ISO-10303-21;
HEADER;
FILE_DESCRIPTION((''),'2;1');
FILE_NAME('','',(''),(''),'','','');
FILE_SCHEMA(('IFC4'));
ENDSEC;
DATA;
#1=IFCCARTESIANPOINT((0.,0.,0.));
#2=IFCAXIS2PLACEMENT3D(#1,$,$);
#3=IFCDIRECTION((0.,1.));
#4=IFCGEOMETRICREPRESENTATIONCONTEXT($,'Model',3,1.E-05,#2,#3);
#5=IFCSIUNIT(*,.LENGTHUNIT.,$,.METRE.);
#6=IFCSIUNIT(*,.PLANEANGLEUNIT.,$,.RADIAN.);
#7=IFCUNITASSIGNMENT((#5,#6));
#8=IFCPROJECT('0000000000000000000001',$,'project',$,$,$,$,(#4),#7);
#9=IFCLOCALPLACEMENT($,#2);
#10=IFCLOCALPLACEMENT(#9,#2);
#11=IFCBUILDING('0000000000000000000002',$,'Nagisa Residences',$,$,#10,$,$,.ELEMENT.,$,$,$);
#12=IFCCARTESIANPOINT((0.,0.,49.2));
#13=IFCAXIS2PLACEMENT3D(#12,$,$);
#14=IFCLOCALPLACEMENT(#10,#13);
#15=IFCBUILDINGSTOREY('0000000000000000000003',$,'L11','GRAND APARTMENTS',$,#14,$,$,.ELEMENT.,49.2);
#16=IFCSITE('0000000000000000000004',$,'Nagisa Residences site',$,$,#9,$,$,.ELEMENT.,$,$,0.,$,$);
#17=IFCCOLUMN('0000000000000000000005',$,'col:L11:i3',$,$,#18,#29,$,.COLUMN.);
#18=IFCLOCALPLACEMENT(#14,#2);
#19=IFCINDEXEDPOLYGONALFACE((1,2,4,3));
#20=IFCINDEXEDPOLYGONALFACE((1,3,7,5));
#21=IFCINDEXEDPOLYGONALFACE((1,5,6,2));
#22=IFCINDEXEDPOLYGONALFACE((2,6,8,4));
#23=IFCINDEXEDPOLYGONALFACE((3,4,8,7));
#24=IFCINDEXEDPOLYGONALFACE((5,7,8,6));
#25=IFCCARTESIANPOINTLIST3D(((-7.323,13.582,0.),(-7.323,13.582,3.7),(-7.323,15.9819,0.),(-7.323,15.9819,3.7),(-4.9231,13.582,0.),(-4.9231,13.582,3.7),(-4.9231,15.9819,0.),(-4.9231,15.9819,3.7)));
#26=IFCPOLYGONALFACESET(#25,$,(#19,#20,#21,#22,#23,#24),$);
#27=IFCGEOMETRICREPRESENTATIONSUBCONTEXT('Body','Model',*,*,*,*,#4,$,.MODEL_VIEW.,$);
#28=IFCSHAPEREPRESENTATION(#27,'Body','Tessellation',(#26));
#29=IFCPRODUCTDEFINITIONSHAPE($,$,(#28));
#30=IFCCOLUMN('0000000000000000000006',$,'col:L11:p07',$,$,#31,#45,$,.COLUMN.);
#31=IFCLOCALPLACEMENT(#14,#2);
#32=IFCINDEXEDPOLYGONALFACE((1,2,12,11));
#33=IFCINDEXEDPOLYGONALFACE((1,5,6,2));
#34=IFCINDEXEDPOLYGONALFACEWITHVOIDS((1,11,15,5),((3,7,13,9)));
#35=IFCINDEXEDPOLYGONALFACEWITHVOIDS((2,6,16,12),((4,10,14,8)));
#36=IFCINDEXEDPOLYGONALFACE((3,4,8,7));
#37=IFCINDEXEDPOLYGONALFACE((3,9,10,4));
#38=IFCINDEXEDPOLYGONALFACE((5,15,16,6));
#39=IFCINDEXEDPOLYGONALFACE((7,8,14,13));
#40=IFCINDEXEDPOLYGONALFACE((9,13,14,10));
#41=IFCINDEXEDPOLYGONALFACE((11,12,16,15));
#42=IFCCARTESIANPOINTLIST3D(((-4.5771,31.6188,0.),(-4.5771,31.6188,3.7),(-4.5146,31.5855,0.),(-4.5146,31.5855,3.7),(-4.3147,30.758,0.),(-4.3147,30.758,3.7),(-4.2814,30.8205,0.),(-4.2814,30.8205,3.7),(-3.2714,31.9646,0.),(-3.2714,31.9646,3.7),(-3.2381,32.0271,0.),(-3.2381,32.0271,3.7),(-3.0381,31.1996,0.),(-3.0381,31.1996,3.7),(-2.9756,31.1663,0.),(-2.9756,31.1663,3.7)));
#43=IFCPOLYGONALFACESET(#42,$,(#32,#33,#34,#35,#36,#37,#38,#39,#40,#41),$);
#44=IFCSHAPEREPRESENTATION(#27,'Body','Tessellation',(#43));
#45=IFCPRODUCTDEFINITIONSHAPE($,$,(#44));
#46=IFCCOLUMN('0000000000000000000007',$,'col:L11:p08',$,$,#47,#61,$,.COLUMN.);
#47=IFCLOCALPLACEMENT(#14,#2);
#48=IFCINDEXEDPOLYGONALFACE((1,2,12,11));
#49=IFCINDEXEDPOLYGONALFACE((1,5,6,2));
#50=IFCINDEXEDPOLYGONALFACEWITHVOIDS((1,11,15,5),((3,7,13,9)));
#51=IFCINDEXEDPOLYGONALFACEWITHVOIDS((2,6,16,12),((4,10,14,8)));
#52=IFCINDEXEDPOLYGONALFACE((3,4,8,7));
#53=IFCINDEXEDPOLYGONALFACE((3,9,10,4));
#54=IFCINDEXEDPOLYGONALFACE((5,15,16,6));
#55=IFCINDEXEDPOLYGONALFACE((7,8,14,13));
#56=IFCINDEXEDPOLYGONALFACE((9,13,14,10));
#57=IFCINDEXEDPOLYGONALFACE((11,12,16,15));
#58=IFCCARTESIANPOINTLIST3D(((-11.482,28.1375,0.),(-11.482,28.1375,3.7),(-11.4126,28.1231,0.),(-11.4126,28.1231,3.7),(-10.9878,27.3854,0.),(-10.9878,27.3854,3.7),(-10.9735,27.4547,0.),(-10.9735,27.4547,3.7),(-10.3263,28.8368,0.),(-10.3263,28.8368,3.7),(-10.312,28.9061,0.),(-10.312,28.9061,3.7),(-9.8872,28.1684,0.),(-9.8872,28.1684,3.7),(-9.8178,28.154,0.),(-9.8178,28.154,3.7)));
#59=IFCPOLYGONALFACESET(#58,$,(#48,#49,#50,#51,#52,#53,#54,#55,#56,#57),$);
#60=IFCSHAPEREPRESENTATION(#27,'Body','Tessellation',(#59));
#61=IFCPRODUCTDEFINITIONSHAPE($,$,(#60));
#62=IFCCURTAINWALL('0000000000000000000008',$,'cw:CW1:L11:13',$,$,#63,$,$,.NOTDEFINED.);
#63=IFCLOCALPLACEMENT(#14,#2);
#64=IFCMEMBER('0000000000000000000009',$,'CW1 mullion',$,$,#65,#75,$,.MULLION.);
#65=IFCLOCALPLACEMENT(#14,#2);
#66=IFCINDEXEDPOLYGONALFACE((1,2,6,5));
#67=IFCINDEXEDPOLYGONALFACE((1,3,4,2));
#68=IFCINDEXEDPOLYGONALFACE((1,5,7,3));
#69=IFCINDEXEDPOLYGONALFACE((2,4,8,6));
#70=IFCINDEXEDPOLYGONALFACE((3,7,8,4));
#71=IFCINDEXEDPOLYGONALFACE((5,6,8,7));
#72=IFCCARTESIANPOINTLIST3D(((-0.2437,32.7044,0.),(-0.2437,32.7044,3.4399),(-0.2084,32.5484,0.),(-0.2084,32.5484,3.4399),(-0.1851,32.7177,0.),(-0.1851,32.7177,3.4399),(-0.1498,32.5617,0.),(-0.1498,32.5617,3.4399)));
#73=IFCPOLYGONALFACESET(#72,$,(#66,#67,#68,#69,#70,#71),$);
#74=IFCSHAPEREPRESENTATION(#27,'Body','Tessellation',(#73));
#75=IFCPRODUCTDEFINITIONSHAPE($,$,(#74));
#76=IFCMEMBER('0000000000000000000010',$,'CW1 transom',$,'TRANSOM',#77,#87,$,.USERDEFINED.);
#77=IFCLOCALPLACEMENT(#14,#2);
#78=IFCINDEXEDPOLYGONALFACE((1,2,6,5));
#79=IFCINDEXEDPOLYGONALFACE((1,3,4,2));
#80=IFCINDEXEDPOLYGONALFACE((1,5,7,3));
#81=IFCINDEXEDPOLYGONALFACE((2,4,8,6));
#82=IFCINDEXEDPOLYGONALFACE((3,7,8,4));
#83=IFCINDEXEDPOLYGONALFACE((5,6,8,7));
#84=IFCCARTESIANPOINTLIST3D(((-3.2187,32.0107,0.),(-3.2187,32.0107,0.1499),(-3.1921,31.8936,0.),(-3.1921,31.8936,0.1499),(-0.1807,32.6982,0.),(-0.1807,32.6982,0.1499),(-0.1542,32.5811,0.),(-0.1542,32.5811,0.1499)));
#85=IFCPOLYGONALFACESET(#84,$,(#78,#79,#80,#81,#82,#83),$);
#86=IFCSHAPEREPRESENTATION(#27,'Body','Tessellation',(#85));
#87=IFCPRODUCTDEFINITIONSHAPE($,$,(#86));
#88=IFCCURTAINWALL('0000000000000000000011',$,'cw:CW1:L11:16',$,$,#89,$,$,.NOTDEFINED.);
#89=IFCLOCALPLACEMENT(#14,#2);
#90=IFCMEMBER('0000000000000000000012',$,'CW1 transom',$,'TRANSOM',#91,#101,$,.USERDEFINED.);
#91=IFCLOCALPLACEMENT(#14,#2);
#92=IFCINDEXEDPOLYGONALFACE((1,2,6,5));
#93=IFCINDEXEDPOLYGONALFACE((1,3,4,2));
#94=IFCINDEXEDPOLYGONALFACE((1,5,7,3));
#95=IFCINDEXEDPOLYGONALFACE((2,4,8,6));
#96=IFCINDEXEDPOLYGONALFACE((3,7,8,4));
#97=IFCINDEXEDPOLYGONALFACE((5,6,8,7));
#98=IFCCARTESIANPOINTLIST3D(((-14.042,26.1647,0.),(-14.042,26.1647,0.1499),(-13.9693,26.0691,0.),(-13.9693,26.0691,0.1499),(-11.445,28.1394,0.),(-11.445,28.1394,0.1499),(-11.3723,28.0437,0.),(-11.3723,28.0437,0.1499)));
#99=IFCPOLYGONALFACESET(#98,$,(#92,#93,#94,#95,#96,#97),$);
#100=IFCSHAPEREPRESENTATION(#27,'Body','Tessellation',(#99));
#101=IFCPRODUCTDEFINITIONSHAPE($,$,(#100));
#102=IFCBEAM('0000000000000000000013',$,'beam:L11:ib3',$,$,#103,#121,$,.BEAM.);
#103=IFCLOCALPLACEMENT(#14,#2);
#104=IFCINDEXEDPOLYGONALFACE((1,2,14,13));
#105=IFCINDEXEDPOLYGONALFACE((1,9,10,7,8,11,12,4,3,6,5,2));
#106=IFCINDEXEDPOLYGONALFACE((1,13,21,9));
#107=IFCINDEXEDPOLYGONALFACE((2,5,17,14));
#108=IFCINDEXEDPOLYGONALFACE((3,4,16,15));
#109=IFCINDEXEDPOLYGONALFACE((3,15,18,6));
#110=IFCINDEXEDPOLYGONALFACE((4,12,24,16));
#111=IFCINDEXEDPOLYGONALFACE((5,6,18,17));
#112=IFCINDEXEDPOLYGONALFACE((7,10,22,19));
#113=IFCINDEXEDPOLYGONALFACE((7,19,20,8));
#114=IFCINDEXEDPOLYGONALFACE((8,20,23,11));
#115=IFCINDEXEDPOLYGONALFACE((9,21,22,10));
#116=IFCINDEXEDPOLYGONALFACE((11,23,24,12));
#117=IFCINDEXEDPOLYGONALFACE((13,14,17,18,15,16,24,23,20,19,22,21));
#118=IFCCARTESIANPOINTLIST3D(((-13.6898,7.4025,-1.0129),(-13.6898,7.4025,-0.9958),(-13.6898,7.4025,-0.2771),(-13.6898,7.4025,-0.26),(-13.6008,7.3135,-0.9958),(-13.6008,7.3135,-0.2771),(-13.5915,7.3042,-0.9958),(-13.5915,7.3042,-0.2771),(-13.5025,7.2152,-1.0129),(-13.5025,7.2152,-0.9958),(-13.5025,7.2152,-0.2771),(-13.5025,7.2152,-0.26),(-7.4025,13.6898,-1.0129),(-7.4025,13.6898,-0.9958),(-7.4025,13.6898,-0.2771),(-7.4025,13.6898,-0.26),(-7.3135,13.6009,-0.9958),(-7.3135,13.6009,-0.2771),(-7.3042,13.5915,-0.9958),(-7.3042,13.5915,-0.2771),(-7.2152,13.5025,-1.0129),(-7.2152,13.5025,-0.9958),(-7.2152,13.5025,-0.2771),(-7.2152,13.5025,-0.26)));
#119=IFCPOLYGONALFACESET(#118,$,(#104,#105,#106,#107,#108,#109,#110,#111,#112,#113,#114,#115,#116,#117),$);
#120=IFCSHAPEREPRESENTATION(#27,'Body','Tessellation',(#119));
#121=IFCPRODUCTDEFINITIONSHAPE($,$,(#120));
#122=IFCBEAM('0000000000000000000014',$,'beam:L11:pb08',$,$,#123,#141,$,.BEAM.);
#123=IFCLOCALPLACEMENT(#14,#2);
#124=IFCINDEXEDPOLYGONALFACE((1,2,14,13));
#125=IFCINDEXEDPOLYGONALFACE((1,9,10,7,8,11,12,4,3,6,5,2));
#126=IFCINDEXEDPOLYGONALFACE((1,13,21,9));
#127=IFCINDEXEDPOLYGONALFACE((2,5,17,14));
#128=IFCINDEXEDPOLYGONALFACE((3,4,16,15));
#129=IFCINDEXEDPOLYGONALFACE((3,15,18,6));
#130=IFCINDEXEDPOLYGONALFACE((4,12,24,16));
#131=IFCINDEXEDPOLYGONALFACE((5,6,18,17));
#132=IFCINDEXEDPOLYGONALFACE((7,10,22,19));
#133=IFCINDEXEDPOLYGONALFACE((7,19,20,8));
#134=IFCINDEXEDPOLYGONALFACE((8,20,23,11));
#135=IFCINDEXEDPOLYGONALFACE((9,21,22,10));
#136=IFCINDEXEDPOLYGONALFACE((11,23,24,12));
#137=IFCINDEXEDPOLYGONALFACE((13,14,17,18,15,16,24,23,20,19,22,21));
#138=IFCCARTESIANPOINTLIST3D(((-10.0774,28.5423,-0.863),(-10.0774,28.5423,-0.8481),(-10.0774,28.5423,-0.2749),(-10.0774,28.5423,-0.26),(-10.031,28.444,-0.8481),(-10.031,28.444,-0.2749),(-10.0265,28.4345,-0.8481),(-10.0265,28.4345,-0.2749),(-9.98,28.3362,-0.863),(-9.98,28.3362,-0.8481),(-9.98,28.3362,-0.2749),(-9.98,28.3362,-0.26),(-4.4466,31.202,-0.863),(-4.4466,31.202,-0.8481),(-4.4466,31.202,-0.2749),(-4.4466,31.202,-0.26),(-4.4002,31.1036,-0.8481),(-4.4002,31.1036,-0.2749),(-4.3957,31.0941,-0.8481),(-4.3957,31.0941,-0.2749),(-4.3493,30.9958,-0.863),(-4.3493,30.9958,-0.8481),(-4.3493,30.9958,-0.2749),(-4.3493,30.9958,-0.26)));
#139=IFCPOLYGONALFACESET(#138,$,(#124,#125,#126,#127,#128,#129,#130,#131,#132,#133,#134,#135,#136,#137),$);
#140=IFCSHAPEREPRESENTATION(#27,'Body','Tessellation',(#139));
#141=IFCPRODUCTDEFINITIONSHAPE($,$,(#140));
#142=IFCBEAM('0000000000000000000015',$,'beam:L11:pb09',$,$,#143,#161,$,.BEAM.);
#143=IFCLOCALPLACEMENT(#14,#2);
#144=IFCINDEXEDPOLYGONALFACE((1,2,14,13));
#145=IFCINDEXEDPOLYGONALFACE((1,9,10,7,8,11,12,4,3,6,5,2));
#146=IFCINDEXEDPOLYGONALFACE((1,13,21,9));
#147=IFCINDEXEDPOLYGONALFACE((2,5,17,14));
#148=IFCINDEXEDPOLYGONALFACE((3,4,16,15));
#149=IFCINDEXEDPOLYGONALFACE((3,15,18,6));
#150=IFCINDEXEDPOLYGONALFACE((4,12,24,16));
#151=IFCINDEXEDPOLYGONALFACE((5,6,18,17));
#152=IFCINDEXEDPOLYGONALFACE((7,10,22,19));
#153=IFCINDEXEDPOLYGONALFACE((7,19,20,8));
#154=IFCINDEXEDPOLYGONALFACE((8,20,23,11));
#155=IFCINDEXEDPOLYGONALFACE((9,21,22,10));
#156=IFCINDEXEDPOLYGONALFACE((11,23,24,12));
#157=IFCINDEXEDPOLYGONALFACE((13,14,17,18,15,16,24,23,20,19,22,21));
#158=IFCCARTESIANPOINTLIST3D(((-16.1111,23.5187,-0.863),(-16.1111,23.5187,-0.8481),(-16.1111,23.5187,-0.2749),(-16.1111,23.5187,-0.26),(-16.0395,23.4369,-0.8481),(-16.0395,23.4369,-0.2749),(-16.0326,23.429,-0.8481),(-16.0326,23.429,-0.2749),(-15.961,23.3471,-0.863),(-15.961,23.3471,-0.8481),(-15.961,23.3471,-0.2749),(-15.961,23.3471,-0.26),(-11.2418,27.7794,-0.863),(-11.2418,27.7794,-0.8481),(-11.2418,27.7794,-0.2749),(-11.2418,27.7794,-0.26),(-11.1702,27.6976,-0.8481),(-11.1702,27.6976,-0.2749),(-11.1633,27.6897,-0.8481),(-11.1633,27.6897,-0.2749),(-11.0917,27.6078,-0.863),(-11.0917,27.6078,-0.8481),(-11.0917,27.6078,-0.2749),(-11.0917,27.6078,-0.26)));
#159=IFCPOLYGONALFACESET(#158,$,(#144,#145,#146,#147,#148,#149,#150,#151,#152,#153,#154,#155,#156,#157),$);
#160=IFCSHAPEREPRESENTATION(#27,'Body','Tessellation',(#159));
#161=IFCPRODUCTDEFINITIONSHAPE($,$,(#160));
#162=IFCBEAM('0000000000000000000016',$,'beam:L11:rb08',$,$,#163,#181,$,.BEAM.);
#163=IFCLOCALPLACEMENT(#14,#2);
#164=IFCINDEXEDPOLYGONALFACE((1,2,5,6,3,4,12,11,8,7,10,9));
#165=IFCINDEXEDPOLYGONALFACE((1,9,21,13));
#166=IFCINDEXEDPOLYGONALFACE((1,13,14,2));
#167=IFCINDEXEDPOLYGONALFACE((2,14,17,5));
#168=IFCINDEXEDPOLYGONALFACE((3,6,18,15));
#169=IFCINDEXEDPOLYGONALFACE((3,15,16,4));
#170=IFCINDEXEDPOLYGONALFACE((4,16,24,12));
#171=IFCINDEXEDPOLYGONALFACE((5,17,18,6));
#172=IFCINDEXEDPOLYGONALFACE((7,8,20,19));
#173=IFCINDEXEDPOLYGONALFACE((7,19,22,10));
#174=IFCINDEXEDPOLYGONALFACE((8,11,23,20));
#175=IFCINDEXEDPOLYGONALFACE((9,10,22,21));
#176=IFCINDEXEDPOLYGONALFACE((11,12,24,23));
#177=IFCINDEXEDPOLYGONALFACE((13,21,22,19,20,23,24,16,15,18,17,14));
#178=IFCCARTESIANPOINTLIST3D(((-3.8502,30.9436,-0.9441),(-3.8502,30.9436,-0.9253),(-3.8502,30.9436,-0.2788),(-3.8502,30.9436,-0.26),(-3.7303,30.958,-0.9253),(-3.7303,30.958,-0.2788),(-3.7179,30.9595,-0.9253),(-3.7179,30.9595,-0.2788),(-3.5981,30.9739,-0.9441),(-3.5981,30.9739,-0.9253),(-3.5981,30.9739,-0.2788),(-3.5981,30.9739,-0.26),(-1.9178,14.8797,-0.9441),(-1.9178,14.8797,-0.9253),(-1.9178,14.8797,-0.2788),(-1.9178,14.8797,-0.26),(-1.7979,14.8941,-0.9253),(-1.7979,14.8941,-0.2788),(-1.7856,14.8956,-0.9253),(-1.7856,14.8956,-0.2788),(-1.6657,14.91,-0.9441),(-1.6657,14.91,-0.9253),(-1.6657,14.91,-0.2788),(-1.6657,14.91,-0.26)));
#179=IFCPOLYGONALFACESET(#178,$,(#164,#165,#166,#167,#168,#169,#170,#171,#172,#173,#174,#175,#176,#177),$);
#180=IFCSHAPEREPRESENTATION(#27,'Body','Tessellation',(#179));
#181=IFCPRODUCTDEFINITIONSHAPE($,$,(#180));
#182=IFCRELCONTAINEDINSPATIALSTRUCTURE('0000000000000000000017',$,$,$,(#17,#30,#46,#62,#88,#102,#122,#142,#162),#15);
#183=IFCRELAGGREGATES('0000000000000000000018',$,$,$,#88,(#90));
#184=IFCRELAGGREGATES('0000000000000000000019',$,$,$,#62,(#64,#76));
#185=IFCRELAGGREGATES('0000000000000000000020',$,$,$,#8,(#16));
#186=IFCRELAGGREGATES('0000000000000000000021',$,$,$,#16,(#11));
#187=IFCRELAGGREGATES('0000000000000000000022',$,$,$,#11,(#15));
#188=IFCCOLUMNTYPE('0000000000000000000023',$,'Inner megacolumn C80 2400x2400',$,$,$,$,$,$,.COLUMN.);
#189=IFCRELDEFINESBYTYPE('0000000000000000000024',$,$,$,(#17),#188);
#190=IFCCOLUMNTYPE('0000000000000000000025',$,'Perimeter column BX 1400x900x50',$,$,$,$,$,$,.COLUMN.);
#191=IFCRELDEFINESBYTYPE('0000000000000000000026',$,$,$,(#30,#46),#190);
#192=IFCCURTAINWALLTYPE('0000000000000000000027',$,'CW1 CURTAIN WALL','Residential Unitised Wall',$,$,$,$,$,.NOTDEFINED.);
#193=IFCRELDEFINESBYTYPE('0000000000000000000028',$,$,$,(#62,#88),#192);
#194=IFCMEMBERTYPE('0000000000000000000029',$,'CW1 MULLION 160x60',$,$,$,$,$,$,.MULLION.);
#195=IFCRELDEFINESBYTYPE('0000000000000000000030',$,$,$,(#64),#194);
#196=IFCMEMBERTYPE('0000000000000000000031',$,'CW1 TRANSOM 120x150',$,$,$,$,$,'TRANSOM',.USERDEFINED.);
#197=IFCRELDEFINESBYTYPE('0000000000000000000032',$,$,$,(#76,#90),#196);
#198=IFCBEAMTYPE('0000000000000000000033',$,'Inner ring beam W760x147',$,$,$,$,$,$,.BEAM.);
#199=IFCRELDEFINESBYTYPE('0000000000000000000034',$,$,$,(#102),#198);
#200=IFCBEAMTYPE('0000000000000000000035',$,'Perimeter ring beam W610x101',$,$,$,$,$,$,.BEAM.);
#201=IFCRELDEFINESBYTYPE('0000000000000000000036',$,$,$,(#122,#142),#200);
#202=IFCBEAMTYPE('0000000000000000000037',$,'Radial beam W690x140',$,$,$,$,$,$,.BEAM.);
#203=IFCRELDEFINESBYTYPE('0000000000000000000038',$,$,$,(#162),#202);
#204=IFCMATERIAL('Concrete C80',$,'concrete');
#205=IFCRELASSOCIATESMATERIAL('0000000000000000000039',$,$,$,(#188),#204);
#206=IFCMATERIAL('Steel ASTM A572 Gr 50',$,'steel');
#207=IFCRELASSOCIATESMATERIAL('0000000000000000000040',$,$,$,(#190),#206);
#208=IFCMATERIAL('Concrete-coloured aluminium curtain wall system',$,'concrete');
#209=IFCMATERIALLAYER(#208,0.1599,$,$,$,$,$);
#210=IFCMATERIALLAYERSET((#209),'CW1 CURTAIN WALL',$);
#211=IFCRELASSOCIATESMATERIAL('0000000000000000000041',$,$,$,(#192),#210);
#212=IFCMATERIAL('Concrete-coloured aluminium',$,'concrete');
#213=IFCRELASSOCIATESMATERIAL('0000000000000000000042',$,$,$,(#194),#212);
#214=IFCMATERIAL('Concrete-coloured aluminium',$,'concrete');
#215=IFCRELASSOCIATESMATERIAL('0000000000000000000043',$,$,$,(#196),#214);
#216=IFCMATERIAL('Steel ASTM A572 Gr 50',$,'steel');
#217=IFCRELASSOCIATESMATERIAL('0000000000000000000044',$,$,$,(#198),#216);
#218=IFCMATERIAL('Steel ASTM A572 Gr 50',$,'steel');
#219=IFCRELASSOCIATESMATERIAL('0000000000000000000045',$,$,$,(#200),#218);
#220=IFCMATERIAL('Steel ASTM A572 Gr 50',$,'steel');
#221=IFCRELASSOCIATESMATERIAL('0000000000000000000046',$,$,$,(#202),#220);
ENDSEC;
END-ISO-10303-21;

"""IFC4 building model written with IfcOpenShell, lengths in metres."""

from ifc_helpers import new_model, si_unit, direction, frame, origin, origin_2d, place, context, subcontext, project, spatial, rectangle, hollow_rectangle, i_section, extrude, material, layer, layer_set, material_profile, profile_set, type_object, element, aggregate, save


model = new_model("IFC4")

# Units and contexts
model_context = context("Model", 3, precision=1e-05, world=origin(), true_north=direction((0.0, 1.0)))
body_context = subcontext(model_context, "Body", "Model", "MODEL_VIEW")
ifc_project = project(units=[si_unit("LENGTHUNIT", "METRE"), si_unit("PLANEANGLEUNIT", "RADIAN")], contexts=[model_context])

# Site, building, storey
site_placement = place(None, origin())
site = spatial("IfcSite", under=ifc_project, at=site_placement, Name="Nagisa Residences site", CompositionType="ELEMENT", RefElevation=0.0)
building_placement = place(site_placement, origin())
building = spatial("IfcBuilding", under=site, at=building_placement, Name="Nagisa Residences", CompositionType="ELEMENT")
storey_placement = place(building_placement, frame((0.0, 0.0, 49.2)))
storey = spatial("IfcBuildingStorey", under=building, at=storey_placement, Name="L11", Description="GRAND APARTMENTS", CompositionType="ELEMENT", Elevation=49.2)

# Columns
ifc_material_1 = material(Name="Concrete C80", Category="concrete")
ifc_material_profile_1 = material_profile(ifc_material_1, rectangle(XDim=2.3999, YDim=2.3999, at=origin_2d()), Name="C80 2400x2400")
ifc_profile_set_1 = profile_set([ifc_material_profile_1], Name="Concrete C80")
column_type_1 = type_object("IfcColumnType", Name="Inner megacolumn C80 2400x2400", PredefinedType="COLUMN", material=ifc_profile_set_1)
column_placement = place(storey_placement, frame((-6.123, 14.782, 0.0), z_axis=(0.0, 0.0, 1.0), x_axis=(1.0, 0.0, 0.0)))
element("IfcColumn", 1, at=column_placement, inside=storey, type_object=column_type_1, Name="col:L11:i3", PredefinedType="COLUMN", context=body_context, shape_type="SweptSolid", body=[
    extrude(rectangle(XDim=2.3999, YDim=2.3999, at=origin_2d()), origin(), (0.0, 0.0, 1.0), 3.7),
])
ifc_material_2 = material(Name="Steel ASTM A572 Gr 50", Category="steel")
ifc_material_profile_2 = material_profile(ifc_material_2, hollow_rectangle(XDim=1.3999, YDim=0.8999, WallThickness=0.05, at=origin_2d()), Name="BX 1400x900x50")
ifc_profile_set_2 = profile_set([ifc_material_profile_2], Name="Steel ASTM A572 Gr 50")
column_type_2 = type_object("IfcColumnType", Name="Perimeter column BX 1400x900x50", PredefinedType="COLUMN", material=ifc_profile_set_2)
for number, where, z_axis, x_axis, name in (
    (2, (-3.7764, 31.3926, 0.0), (0.0, 0.0, 1.0), (-0.956525, -0.291652, 0.0), "col:L11:p07"),
    (3, (-10.6499, 28.1458, 0.0), (0.0, 0.0, 1.0), (-0.835766, -0.549086, 0.0), "col:L11:p08"),
):
    element("IfcColumn", number, at=place(storey_placement, frame(where, z_axis=z_axis, x_axis=x_axis)), inside=storey, type_object=column_type_2, Name=name, PredefinedType="COLUMN", context=body_context, shape_type="SweptSolid", body=[
        extrude(hollow_rectangle(XDim=1.3999, YDim=0.8999, WallThickness=0.05, at=origin_2d()), origin(), (0.0, 0.0, 1.0), 3.7),
    ])

# Curtain wall, members
ifc_material_3 = material(Name="Concrete-coloured aluminium curtain wall system", Category="concrete")
ifc_layer_1 = layer(ifc_material_3, 0.1599)
ifc_layer_set_1 = layer_set([ifc_layer_1], Name="CW1 CURTAIN WALL")
curtain_wall_type = type_object("IfcCurtainWallType", Name="CW1 CURTAIN WALL", Description="Residential Unitised Wall", PredefinedType="NOTDEFINED", material=ifc_layer_set_1)
curtain_wall_1_placement = place(storey_placement, origin())
curtain_wall_1 = element("IfcCurtainWall", 4, at=curtain_wall_1_placement, inside=storey, type_object=curtain_wall_type, Name="cw:CW1:L11:13", PredefinedType="NOTDEFINED")
ifc_material_4 = material(Name="Concrete-coloured aluminium", Category="concrete")
ifc_material_profile_3 = material_profile(ifc_material_4, rectangle(XDim=0.1599, YDim=0.0601, at=origin_2d()), Name="CW1 MULLION 160x60")
ifc_profile_set_3 = profile_set([ifc_material_profile_3], Name="Concrete-coloured aluminium")
member_type_1 = type_object("IfcMemberType", Name="CW1 MULLION 160x60", PredefinedType="MULLION", material=ifc_profile_set_3)
member_1_placement = place(storey_placement, frame((-0.1968, 32.6331, 0.0), z_axis=(0.0, 0.0, 1.0), x_axis=(0.220764, -0.975327, 0.0)))
member_1 = element("IfcMember", 5, at=member_1_placement, type_object=member_type_1, Name="CW1 mullion", PredefinedType="MULLION", context=body_context, shape_type="SweptSolid", body=[
    extrude(rectangle(XDim=0.1599, YDim=0.0601, at=origin_2d()), origin(), (0.0, 0.0, 1.0), 3.4399),
])
ifc_material_5 = material(Name="Concrete-coloured aluminium", Category="concrete")
ifc_material_profile_4 = material_profile(ifc_material_5, rectangle(XDim=0.1201, YDim=0.1499, at=origin_2d()), Name="CW1 TRANSOM 120x150")
ifc_profile_set_4 = profile_set([ifc_material_profile_4], Name="Concrete-coloured aluminium")
member_type_2 = type_object("IfcMemberType", Name="CW1 TRANSOM 120x150", ElementType="TRANSOM", PredefinedType="USERDEFINED", material=ifc_profile_set_4)
member_2_placement = place(storey_placement, frame((-0.1675, 32.6396, 0.075), z_axis=(-0.975335, -0.22073, 0.0), x_axis=(0.22073, -0.975335, 0.0)))
member_2 = element("IfcMember", 6, at=member_2_placement, type_object=member_type_2, Name="CW1 transom", ObjectType="TRANSOM", PredefinedType="USERDEFINED", context=body_context, shape_type="SweptSolid", body=[
    extrude(rectangle(XDim=0.1201, YDim=0.1499, at=origin_2d()), origin(), (0.0, 0.0, 1.0), 3.1147),
])

# Curtain wall, member
curtain_wall_2_placement = place(storey_placement, origin())
curtain_wall_2 = element("IfcCurtainWall", 7, at=curtain_wall_2_placement, inside=storey, type_object=curtain_wall_type, Name="cw:CW1:L11:16", PredefinedType="NOTDEFINED")
member_3_placement = place(storey_placement, frame((-11.4087, 28.0916, 0.075), z_axis=(-0.796022, -0.605267, 0.0), x_axis=(0.605267, -0.796022, 0.0)))
member_3 = element("IfcMember", 8, at=member_3_placement, type_object=member_type_2, Name="CW1 transom", ObjectType="TRANSOM", PredefinedType="USERDEFINED", context=body_context, shape_type="SweptSolid", body=[
    extrude(rectangle(XDim=0.1201, YDim=0.1499, at=origin_2d()), origin(), (0.0, 0.0, 1.0), 3.2625),
])
aggregate(curtain_wall_2, [member_3])

# Beams
ifc_material_6 = material(Name="Steel ASTM A572 Gr 50", Category="steel")
ifc_material_profile_5 = material_profile(ifc_material_6, i_section(OverallWidth=0.2649, OverallDepth=0.7529, WebThickness=0.0132, FlangeThickness=0.0171, at=origin_2d()), Name="W760x147")
ifc_profile_set_5 = profile_set([ifc_material_profile_5], Name="Steel ASTM A572 Gr 50")
beam_type_1 = type_object("IfcBeamType", Name="Inner ring beam W760x147", PredefinedType="BEAM", material=ifc_profile_set_5)
beam_1_placement = place(storey_placement, frame((-7.3088, 13.5962, -0.6365), z_axis=(-0.707107, -0.707107, 0.0), x_axis=(0.707107, -0.707107, 0.0)))
element("IfcBeam", 9, at=beam_1_placement, inside=storey, type_object=beam_type_1, Name="beam:L11:ib3", PredefinedType="BEAM", context=body_context, shape_type="SweptSolid", body=[
    extrude(i_section(OverallWidth=0.2649, OverallDepth=0.7529, WebThickness=0.0132, FlangeThickness=0.0171, at=origin_2d()), origin(), (0.0, 0.0, 1.0), 8.8916),
])
ifc_material_7 = material(Name="Steel ASTM A572 Gr 50", Category="steel")
ifc_material_profile_6 = material_profile(ifc_material_7, i_section(OverallWidth=0.228, OverallDepth=0.603, WebThickness=0.0105, FlangeThickness=0.0149, at=origin_2d()), Name="W610x101")
ifc_profile_set_6 = profile_set([ifc_material_profile_6], Name="Steel ASTM A572 Gr 50")
beam_type_2 = type_object("IfcBeamType", Name="Perimeter ring beam W610x101", PredefinedType="BEAM", material=ifc_profile_set_6)
beam_2_placement = place(storey_placement, frame((-4.3979, 31.0989, -0.5615), z_axis=(-0.904208, -0.427092, 0.0), x_axis=(0.427092, -0.904208, 0.0)))
element("IfcBeam", 10, at=beam_2_placement, inside=storey, type_object=beam_type_2, Name="beam:L11:pb08", PredefinedType="BEAM", context=body_context, shape_type="SweptSolid", body=[
    extrude(i_section(OverallWidth=0.228, OverallDepth=0.603, WebThickness=0.0105, FlangeThickness=0.0149, at=origin_2d()), origin(), (0.0, 0.0, 1.0), 6.2273),
])
beam_3_placement = place(storey_placement, frame((-11.1667, 27.6936, -0.5615), z_axis=(-0.752574, -0.658507, 0.0), x_axis=(0.658507, -0.752574, 0.0)))
element("IfcBeam", 11, at=beam_3_placement, inside=storey, type_object=beam_type_2, Name="beam:L11:pb09", PredefinedType="BEAM", context=body_context, shape_type="SweptSolid", body=[
    extrude(i_section(OverallWidth=0.228, OverallDepth=0.603, WebThickness=0.0105, FlangeThickness=0.0149, at=origin_2d()), origin(), (0.0, 0.0, 1.0), 6.4702),
])
ifc_material_8 = material(Name="Steel ASTM A572 Gr 50", Category="steel")
ifc_material_profile_7 = material_profile(ifc_material_8, i_section(OverallWidth=0.2539, OverallDepth=0.6841, WebThickness=0.0125, FlangeThickness=0.0188, at=origin_2d()), Name="W690x140")
ifc_profile_set_7 = profile_set([ifc_material_profile_7], Name="Steel ASTM A572 Gr 50")
beam_type_3 = type_object("IfcBeamType", Name="Radial beam W690x140", PredefinedType="BEAM", material=ifc_profile_set_7)
beam_4_placement = place(storey_placement, frame((-3.7241, 30.9587, -0.6021), z_axis=(0.119431, -0.992842, 0.0), x_axis=(0.992842, 0.119431, 0.0)))
element("IfcBeam", 12, at=beam_4_placement, inside=storey, type_object=beam_type_3, Name="beam:L11:rb08", PredefinedType="BEAM", context=body_context, shape_type="SweptSolid", body=[
    extrude(i_section(OverallWidth=0.2539, OverallDepth=0.6841, WebThickness=0.0125, FlangeThickness=0.0188, at=origin_2d()), origin(), (0.0, 0.0, 1.0), 16.1797),
])

aggregate(curtain_wall_1, [member_1, member_2])

save(model, "model.ifc")
